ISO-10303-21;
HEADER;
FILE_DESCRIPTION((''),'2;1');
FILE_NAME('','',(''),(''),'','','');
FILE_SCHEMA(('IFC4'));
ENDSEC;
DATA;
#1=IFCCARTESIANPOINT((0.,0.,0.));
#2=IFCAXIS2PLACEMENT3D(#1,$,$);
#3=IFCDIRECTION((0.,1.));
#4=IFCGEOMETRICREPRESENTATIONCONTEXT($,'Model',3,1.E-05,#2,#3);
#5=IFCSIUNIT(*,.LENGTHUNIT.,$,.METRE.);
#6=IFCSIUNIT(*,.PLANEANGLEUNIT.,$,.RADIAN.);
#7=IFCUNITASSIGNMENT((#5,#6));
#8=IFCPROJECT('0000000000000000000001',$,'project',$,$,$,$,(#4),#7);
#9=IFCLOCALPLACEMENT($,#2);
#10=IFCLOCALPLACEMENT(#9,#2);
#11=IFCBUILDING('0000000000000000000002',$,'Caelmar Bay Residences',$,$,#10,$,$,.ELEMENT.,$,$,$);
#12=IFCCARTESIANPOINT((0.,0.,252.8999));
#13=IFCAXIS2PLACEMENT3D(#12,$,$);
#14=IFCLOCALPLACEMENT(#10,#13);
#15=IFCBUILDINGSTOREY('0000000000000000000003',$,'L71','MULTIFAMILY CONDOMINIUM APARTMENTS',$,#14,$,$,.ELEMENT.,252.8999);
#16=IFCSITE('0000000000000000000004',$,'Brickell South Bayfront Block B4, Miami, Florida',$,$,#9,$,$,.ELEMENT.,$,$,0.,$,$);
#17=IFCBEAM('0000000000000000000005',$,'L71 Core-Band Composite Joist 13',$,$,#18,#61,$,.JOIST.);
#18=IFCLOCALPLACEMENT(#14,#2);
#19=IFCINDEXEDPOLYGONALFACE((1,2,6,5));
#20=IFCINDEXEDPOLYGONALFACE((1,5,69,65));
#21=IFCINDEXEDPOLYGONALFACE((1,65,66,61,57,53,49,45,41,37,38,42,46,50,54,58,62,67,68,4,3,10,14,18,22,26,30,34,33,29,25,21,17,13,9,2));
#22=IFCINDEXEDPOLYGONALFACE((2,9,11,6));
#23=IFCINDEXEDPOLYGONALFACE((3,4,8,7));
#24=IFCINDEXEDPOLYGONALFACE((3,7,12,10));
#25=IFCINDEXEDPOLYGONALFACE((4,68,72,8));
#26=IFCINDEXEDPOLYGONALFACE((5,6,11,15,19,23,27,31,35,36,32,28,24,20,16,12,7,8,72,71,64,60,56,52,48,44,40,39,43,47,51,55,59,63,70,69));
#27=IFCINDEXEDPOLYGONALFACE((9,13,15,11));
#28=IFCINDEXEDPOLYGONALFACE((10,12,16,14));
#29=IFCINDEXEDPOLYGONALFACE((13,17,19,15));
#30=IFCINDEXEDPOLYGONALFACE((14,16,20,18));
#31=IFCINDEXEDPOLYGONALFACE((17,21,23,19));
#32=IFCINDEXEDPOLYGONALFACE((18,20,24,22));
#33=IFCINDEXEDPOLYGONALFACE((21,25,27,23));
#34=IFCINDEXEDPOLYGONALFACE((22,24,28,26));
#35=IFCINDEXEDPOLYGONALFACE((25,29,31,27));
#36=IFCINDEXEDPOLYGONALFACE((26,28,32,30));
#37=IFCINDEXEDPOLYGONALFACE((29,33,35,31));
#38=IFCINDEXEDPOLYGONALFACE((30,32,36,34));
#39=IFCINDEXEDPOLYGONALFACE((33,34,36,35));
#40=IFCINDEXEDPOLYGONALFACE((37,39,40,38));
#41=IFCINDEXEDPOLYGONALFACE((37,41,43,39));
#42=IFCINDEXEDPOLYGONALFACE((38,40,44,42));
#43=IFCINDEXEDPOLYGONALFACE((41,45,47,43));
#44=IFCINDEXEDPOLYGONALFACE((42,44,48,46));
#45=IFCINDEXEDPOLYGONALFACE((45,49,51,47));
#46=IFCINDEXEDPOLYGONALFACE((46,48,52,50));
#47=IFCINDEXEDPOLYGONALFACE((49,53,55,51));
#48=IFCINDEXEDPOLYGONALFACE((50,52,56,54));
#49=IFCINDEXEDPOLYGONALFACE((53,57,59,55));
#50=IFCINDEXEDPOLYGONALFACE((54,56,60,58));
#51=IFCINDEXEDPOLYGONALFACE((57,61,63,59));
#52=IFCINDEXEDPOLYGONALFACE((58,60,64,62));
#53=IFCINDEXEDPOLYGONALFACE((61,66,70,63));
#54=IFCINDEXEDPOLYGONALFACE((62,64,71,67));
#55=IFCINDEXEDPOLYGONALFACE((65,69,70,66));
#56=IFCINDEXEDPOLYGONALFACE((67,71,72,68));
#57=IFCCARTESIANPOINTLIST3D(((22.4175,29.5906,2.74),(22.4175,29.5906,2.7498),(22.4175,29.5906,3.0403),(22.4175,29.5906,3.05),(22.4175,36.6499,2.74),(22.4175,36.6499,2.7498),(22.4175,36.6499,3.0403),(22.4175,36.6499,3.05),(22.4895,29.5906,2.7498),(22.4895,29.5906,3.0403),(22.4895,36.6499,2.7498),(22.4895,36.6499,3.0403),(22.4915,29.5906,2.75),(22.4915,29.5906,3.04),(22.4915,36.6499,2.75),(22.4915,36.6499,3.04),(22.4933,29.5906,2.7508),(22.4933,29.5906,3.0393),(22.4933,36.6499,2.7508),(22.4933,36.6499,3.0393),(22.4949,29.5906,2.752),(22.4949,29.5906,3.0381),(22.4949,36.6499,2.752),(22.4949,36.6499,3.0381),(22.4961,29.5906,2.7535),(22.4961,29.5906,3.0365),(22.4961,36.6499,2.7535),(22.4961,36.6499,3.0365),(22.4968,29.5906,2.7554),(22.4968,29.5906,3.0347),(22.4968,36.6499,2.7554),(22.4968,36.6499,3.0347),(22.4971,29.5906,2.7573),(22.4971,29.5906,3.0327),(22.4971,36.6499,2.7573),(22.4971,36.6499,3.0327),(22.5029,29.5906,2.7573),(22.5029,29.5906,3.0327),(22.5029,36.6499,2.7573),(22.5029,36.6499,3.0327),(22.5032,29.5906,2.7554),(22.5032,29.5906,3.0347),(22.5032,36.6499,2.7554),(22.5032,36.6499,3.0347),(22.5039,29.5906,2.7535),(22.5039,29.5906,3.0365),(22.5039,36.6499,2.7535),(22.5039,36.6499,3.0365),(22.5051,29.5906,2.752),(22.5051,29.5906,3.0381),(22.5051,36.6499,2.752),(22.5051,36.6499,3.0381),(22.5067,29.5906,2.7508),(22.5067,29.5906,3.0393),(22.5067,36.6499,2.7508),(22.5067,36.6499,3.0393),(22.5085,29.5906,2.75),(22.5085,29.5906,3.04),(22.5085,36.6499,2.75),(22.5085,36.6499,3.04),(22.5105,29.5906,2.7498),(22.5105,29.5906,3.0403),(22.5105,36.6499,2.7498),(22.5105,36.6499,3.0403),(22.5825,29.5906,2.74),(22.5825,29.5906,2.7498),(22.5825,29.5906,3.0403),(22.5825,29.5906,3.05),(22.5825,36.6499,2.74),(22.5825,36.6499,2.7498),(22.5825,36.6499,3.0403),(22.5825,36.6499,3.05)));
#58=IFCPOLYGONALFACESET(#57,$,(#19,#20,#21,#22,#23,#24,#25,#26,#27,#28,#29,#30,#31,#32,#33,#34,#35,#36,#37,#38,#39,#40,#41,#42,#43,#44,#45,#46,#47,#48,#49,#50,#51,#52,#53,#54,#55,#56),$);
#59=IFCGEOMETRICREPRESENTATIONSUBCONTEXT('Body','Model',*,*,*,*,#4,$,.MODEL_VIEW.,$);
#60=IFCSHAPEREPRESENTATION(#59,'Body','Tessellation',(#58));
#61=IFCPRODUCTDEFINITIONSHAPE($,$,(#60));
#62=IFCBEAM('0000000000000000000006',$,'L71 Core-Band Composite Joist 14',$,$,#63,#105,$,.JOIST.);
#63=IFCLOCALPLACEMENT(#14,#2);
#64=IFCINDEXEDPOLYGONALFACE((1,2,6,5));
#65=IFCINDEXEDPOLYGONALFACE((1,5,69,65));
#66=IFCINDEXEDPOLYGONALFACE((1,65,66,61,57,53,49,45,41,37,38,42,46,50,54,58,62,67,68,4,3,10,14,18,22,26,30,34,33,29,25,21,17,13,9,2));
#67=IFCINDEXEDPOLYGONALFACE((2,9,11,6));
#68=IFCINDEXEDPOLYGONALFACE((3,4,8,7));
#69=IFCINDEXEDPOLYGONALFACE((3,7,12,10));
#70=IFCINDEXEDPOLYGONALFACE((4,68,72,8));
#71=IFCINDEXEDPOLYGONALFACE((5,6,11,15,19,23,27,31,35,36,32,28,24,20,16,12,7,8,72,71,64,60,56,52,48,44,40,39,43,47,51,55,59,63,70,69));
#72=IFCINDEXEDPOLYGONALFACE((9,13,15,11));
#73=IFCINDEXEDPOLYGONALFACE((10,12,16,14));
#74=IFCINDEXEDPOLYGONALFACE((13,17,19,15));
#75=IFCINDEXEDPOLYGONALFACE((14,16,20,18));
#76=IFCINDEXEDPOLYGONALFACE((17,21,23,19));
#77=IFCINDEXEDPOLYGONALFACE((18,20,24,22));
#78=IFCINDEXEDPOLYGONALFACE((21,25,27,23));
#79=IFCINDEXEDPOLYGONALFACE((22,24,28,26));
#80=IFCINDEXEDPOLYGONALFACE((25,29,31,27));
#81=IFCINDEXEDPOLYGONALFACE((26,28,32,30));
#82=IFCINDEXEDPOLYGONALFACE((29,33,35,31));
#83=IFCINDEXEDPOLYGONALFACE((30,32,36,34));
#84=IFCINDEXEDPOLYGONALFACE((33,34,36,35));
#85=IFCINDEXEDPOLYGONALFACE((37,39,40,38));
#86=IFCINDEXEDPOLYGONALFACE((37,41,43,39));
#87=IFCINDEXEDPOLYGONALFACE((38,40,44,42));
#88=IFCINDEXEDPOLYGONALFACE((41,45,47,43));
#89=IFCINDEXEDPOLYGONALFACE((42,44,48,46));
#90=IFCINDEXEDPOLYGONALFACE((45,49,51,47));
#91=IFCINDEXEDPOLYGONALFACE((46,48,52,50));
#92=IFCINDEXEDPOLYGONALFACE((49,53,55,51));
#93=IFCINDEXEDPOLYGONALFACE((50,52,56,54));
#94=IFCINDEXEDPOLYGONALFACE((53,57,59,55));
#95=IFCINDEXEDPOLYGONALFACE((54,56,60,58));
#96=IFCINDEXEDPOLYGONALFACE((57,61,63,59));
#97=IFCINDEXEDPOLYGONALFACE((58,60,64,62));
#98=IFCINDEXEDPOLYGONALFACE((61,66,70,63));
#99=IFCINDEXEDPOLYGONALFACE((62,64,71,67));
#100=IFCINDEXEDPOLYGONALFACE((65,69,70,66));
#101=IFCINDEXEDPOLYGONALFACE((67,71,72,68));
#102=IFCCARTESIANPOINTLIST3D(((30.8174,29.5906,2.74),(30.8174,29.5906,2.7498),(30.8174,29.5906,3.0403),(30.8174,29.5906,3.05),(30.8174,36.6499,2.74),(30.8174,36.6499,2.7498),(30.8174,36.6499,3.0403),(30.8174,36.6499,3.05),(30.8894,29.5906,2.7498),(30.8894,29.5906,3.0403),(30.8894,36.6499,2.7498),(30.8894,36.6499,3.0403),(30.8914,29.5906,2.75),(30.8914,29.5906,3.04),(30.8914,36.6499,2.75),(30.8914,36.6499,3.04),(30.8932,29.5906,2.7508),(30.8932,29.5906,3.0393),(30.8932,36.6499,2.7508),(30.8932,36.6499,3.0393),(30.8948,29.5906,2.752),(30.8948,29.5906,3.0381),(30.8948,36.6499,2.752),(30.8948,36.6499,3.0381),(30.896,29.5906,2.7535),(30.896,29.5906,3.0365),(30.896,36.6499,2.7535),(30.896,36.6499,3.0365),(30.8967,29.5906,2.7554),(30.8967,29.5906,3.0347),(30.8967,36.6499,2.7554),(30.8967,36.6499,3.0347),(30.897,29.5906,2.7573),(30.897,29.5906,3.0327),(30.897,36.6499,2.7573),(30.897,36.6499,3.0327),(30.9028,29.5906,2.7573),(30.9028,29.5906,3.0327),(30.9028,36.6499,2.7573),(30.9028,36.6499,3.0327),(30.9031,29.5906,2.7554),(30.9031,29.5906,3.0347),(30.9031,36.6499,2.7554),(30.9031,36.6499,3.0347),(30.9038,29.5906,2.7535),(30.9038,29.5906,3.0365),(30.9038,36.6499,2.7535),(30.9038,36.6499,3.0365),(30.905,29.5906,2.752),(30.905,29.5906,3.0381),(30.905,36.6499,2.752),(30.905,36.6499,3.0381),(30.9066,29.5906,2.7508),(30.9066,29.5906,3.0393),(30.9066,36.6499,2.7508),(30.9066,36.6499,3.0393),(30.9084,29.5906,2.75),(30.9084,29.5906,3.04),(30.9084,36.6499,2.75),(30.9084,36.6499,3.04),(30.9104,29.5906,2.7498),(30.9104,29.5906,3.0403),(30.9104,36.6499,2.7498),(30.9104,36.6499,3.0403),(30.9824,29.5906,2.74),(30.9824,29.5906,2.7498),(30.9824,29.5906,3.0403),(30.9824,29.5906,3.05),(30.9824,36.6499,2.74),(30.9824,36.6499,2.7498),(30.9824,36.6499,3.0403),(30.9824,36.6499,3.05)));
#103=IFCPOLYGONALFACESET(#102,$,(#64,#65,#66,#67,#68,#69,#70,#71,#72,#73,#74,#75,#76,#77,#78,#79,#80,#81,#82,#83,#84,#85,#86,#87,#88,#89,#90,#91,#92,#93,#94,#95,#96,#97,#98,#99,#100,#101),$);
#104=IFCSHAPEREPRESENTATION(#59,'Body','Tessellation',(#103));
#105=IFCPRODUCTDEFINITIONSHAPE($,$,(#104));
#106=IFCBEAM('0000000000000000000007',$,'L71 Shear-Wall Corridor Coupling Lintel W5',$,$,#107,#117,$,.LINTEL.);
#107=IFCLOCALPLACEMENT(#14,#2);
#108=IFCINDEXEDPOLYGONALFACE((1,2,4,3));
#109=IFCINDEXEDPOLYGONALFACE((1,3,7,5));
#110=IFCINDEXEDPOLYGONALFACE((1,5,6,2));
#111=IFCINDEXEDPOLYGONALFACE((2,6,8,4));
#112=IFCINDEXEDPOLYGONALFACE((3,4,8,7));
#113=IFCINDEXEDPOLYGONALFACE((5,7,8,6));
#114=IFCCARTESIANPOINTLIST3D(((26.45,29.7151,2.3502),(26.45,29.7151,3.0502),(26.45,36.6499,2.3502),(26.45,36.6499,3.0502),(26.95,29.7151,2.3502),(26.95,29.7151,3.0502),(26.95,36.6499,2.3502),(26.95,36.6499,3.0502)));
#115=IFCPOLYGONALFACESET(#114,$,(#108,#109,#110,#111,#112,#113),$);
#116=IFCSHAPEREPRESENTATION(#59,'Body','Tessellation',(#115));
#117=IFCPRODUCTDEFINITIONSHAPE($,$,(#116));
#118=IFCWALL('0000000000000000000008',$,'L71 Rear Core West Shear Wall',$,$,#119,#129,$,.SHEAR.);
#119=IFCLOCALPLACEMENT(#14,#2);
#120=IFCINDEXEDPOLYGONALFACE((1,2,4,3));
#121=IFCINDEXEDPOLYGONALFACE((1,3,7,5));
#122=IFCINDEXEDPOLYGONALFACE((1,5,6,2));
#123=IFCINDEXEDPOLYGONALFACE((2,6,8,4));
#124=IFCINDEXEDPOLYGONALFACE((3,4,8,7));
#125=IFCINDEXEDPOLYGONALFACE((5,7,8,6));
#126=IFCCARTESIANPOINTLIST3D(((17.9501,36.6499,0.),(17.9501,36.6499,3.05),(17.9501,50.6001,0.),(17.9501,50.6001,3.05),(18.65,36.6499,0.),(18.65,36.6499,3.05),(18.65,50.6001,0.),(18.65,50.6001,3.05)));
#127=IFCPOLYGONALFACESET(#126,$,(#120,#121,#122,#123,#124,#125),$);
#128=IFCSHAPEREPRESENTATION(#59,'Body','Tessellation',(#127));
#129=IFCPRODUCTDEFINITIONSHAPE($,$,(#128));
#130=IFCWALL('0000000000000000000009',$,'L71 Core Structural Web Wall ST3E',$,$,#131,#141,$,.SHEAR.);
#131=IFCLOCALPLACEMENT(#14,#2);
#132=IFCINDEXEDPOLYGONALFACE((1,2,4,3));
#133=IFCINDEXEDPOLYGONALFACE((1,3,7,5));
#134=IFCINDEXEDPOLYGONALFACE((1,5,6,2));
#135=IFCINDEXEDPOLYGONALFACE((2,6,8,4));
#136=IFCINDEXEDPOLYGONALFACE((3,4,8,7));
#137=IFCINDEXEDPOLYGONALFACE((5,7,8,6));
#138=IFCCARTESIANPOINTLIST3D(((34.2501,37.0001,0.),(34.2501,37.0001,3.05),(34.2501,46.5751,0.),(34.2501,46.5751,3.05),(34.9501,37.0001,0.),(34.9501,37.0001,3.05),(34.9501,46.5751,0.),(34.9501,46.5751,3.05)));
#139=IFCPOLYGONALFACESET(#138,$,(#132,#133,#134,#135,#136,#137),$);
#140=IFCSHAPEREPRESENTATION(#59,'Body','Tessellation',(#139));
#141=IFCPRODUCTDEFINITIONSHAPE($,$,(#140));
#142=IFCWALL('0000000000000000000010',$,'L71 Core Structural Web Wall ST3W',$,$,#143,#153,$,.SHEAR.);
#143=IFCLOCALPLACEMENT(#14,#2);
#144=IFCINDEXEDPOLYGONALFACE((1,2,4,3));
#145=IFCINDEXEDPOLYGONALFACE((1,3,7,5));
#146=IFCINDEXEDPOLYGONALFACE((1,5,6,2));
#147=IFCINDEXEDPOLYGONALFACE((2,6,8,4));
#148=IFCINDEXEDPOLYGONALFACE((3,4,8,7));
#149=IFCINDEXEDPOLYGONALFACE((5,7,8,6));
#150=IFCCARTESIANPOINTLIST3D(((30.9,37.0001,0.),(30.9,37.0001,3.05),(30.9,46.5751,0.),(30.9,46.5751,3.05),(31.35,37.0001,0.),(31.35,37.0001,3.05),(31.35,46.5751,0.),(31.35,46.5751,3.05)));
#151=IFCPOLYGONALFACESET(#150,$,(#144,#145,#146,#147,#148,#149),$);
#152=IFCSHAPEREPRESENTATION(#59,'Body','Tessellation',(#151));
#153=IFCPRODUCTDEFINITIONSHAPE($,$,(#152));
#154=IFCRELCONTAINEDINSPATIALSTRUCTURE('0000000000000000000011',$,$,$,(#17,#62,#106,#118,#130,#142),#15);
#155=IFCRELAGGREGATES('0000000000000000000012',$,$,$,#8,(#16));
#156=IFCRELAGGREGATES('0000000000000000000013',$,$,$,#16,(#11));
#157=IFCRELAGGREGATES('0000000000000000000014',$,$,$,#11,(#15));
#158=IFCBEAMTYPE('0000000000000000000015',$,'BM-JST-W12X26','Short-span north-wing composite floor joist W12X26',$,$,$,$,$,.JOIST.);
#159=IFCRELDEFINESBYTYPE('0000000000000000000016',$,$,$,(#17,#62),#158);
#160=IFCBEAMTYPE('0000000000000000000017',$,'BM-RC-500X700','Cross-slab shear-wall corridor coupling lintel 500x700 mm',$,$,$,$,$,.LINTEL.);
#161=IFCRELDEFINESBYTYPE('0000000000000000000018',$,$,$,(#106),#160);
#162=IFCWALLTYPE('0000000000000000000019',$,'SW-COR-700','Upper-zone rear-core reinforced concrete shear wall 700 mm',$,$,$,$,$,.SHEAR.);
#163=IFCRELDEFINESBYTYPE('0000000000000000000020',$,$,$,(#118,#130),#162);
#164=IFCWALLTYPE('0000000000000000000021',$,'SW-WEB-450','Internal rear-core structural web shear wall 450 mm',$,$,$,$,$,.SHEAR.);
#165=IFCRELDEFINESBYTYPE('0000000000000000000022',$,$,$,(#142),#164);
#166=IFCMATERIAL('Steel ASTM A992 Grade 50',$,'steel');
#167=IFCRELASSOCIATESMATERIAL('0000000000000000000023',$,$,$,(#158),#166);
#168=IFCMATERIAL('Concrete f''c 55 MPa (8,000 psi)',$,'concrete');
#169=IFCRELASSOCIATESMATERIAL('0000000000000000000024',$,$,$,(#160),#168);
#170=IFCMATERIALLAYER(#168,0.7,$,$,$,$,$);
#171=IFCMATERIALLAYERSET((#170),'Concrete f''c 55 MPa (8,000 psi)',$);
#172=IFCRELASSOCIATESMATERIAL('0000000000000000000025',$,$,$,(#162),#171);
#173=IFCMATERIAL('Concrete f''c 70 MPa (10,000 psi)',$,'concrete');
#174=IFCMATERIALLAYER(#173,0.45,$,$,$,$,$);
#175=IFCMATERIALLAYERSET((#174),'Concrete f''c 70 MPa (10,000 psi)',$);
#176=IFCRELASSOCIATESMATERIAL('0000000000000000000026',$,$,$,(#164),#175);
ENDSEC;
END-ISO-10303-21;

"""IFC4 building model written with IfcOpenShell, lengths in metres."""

from ifc_helpers import new_model, si_unit, direction, frame, frame_2d, origin, origin_2d, place, context, subcontext, project, spatial, rectangle, i_section, extrude, material, layer, layer_set, material_profile, profile_set, type_object, element, save


model = new_model("IFC4")

# Units and contexts
model_context = context("Model", 3, precision=1e-05, world=origin(), true_north=direction((0.0, 1.0)))
body_context = subcontext(model_context, "Body", "Model", "MODEL_VIEW")
ifc_project = project(units=[si_unit("LENGTHUNIT", "METRE"), si_unit("PLANEANGLEUNIT", "RADIAN")], contexts=[model_context])

# Site, building, storey
site_placement = place(None, origin())
site = spatial("IfcSite", under=ifc_project, at=site_placement, Name="Brickell South Bayfront Block B4, Miami, Florida", CompositionType="ELEMENT", RefElevation=0.0)
building_placement = place(site_placement, origin())
building = spatial("IfcBuilding", under=site, at=building_placement, Name="Caelmar Bay Residences", CompositionType="ELEMENT")
storey_placement = place(building_placement, frame((0.0, 0.0, 252.8999)))
storey = spatial("IfcBuildingStorey", under=building, at=storey_placement, Name="L71", Description="MULTIFAMILY CONDOMINIUM APARTMENTS", CompositionType="ELEMENT", Elevation=252.8999)

# Shared definitions
ifc_material_1 = material(Name="Concrete f'c 55 MPa (8,000 psi)", Category="concrete")

# Beams
ifc_material_2 = material(Name="Steel ASTM A992 Grade 50", Category="steel")
ifc_material_profile_1 = material_profile(ifc_material_2, i_section(OverallWidth=0.165, OverallDepth=0.3101, WebThickness=0.0059, FlangeThickness=0.0098, FilletRadius=0.0076, at=origin_2d()), Name="W12X26")
ifc_profile_set_1 = profile_set([ifc_material_profile_1], Name="Steel ASTM A992 Grade 50")
beam_type_1 = type_object("IfcBeamType", Name="BM-JST-W12X26", Description="Short-span north-wing composite floor joist W12X26", PredefinedType="JOIST", material=ifc_profile_set_1)
for number, where, z_axis, x_axis, name in (
    (1, (22.5, 29.5906, 2.895), (0.0, 1.0, 0.0), (-1.0, 0.0, 0.0), "L71 Core-Band Composite Joist 13"),
    (2, (30.8999, 29.5906, 2.895), (0.0, 1.0, 0.0), (-1.0, 0.0, 0.0), "L71 Core-Band Composite Joist 14"),
):
    element("IfcBeam", number, at=place(storey_placement, frame(where, z_axis=z_axis, x_axis=x_axis)), inside=storey, type_object=beam_type_1, Name=name, PredefinedType="JOIST", context=body_context, shape_type="SweptSolid", body=[
        extrude(i_section(OverallWidth=0.165, OverallDepth=0.3101, WebThickness=0.0059, FlangeThickness=0.0098, FilletRadius=0.0076, at=origin_2d()), origin(), (0.0, 0.0, 1.0), 7.0593),
    ])
ifc_material_profile_2 = material_profile(ifc_material_1, rectangle(XDim=0.5, YDim=0.7, at=origin_2d()), Name="RC-BM-500X700")
ifc_profile_set_2 = profile_set([ifc_material_profile_2], Name="Concrete f'c 55 MPa (8,000 psi)")
beam_type_2 = type_object("IfcBeamType", Name="BM-RC-500X700", Description="Cross-slab shear-wall corridor coupling lintel 500x700 mm", PredefinedType="LINTEL", material=ifc_profile_set_2)
beam_1_placement = place(storey_placement, frame((26.7, 29.7151, 2.7002), z_axis=(0.0, 1.0, 0.0), x_axis=(-1.0, 0.0, 0.0)))
element("IfcBeam", 3, at=beam_1_placement, inside=storey, type_object=beam_type_2, Name="L71 Shear-Wall Corridor Coupling Lintel W5", PredefinedType="LINTEL", context=body_context, shape_type="SweptSolid", body=[
    extrude(rectangle(XDim=0.5, YDim=0.7, at=origin_2d()), origin(), (0.0, 0.0, 1.0), 6.9348),
])

# Wall
ifc_layer_1 = layer(ifc_material_1, 0.7)
ifc_layer_set_1 = layer_set([ifc_layer_1], Name="Concrete f'c 55 MPa (8,000 psi)")
wall_type_1 = type_object("IfcWallType", Name="SW-COR-700", Description="Upper-zone rear-core reinforced concrete shear wall 700 mm", PredefinedType="SHEAR", material=ifc_layer_set_1)
wall_1_placement = place(storey_placement, frame((18.3, 36.6499, 0.0), z_axis=(0.0, 0.0, 1.0), x_axis=(0.0, 1.0, 0.0)))
element("IfcWall", 4, at=wall_1_placement, inside=storey, type_object=wall_type_1, Name="L71 Rear Core West Shear Wall", PredefinedType="SHEAR", context=body_context, shape_type="SweptSolid", body=[
    extrude(rectangle(XDim=13.9502, YDim=0.7, at=frame_2d((6.9751, 0.0))), origin(), (0.0, 0.0, 1.0), 3.05),
])

# Walls
wall_2_placement = place(storey_placement, frame((34.6001, 37.0, 0.0), z_axis=(0.0, 0.0, 1.0), x_axis=(0.0, 1.0, 0.0)))
element("IfcWall", 5, at=wall_2_placement, inside=storey, type_object=wall_type_1, Name="L71 Core Structural Web Wall ST3E", PredefinedType="SHEAR", context=body_context, shape_type="SweptSolid", body=[
    extrude(rectangle(XDim=9.575, YDim=0.7, at=frame_2d((4.7876, 0.0))), origin(), (0.0, 0.0, 1.0), 3.05),
])
ifc_material_3 = material(Name="Concrete f'c 70 MPa (10,000 psi)", Category="concrete")
ifc_layer_2 = layer(ifc_material_3, 0.45)
ifc_layer_set_2 = layer_set([ifc_layer_2], Name="Concrete f'c 70 MPa (10,000 psi)")
wall_type_2 = type_object("IfcWallType", Name="SW-WEB-450", Description="Internal rear-core structural web shear wall 450 mm", PredefinedType="SHEAR", material=ifc_layer_set_2)
wall_3_placement = place(storey_placement, frame((31.125, 37.0, 0.0), z_axis=(0.0, 0.0, 1.0), x_axis=(0.0, 1.0, 0.0)))
element("IfcWall", 6, at=wall_3_placement, inside=storey, type_object=wall_type_2, Name="L71 Core Structural Web Wall ST3W", PredefinedType="SHEAR", context=body_context, shape_type="SweptSolid", body=[
    extrude(rectangle(XDim=9.575, YDim=0.45, at=frame_2d((4.7876, 0.0))), origin(), (0.0, 0.0, 1.0), 3.05),
])

save(model, "model.ifc")
